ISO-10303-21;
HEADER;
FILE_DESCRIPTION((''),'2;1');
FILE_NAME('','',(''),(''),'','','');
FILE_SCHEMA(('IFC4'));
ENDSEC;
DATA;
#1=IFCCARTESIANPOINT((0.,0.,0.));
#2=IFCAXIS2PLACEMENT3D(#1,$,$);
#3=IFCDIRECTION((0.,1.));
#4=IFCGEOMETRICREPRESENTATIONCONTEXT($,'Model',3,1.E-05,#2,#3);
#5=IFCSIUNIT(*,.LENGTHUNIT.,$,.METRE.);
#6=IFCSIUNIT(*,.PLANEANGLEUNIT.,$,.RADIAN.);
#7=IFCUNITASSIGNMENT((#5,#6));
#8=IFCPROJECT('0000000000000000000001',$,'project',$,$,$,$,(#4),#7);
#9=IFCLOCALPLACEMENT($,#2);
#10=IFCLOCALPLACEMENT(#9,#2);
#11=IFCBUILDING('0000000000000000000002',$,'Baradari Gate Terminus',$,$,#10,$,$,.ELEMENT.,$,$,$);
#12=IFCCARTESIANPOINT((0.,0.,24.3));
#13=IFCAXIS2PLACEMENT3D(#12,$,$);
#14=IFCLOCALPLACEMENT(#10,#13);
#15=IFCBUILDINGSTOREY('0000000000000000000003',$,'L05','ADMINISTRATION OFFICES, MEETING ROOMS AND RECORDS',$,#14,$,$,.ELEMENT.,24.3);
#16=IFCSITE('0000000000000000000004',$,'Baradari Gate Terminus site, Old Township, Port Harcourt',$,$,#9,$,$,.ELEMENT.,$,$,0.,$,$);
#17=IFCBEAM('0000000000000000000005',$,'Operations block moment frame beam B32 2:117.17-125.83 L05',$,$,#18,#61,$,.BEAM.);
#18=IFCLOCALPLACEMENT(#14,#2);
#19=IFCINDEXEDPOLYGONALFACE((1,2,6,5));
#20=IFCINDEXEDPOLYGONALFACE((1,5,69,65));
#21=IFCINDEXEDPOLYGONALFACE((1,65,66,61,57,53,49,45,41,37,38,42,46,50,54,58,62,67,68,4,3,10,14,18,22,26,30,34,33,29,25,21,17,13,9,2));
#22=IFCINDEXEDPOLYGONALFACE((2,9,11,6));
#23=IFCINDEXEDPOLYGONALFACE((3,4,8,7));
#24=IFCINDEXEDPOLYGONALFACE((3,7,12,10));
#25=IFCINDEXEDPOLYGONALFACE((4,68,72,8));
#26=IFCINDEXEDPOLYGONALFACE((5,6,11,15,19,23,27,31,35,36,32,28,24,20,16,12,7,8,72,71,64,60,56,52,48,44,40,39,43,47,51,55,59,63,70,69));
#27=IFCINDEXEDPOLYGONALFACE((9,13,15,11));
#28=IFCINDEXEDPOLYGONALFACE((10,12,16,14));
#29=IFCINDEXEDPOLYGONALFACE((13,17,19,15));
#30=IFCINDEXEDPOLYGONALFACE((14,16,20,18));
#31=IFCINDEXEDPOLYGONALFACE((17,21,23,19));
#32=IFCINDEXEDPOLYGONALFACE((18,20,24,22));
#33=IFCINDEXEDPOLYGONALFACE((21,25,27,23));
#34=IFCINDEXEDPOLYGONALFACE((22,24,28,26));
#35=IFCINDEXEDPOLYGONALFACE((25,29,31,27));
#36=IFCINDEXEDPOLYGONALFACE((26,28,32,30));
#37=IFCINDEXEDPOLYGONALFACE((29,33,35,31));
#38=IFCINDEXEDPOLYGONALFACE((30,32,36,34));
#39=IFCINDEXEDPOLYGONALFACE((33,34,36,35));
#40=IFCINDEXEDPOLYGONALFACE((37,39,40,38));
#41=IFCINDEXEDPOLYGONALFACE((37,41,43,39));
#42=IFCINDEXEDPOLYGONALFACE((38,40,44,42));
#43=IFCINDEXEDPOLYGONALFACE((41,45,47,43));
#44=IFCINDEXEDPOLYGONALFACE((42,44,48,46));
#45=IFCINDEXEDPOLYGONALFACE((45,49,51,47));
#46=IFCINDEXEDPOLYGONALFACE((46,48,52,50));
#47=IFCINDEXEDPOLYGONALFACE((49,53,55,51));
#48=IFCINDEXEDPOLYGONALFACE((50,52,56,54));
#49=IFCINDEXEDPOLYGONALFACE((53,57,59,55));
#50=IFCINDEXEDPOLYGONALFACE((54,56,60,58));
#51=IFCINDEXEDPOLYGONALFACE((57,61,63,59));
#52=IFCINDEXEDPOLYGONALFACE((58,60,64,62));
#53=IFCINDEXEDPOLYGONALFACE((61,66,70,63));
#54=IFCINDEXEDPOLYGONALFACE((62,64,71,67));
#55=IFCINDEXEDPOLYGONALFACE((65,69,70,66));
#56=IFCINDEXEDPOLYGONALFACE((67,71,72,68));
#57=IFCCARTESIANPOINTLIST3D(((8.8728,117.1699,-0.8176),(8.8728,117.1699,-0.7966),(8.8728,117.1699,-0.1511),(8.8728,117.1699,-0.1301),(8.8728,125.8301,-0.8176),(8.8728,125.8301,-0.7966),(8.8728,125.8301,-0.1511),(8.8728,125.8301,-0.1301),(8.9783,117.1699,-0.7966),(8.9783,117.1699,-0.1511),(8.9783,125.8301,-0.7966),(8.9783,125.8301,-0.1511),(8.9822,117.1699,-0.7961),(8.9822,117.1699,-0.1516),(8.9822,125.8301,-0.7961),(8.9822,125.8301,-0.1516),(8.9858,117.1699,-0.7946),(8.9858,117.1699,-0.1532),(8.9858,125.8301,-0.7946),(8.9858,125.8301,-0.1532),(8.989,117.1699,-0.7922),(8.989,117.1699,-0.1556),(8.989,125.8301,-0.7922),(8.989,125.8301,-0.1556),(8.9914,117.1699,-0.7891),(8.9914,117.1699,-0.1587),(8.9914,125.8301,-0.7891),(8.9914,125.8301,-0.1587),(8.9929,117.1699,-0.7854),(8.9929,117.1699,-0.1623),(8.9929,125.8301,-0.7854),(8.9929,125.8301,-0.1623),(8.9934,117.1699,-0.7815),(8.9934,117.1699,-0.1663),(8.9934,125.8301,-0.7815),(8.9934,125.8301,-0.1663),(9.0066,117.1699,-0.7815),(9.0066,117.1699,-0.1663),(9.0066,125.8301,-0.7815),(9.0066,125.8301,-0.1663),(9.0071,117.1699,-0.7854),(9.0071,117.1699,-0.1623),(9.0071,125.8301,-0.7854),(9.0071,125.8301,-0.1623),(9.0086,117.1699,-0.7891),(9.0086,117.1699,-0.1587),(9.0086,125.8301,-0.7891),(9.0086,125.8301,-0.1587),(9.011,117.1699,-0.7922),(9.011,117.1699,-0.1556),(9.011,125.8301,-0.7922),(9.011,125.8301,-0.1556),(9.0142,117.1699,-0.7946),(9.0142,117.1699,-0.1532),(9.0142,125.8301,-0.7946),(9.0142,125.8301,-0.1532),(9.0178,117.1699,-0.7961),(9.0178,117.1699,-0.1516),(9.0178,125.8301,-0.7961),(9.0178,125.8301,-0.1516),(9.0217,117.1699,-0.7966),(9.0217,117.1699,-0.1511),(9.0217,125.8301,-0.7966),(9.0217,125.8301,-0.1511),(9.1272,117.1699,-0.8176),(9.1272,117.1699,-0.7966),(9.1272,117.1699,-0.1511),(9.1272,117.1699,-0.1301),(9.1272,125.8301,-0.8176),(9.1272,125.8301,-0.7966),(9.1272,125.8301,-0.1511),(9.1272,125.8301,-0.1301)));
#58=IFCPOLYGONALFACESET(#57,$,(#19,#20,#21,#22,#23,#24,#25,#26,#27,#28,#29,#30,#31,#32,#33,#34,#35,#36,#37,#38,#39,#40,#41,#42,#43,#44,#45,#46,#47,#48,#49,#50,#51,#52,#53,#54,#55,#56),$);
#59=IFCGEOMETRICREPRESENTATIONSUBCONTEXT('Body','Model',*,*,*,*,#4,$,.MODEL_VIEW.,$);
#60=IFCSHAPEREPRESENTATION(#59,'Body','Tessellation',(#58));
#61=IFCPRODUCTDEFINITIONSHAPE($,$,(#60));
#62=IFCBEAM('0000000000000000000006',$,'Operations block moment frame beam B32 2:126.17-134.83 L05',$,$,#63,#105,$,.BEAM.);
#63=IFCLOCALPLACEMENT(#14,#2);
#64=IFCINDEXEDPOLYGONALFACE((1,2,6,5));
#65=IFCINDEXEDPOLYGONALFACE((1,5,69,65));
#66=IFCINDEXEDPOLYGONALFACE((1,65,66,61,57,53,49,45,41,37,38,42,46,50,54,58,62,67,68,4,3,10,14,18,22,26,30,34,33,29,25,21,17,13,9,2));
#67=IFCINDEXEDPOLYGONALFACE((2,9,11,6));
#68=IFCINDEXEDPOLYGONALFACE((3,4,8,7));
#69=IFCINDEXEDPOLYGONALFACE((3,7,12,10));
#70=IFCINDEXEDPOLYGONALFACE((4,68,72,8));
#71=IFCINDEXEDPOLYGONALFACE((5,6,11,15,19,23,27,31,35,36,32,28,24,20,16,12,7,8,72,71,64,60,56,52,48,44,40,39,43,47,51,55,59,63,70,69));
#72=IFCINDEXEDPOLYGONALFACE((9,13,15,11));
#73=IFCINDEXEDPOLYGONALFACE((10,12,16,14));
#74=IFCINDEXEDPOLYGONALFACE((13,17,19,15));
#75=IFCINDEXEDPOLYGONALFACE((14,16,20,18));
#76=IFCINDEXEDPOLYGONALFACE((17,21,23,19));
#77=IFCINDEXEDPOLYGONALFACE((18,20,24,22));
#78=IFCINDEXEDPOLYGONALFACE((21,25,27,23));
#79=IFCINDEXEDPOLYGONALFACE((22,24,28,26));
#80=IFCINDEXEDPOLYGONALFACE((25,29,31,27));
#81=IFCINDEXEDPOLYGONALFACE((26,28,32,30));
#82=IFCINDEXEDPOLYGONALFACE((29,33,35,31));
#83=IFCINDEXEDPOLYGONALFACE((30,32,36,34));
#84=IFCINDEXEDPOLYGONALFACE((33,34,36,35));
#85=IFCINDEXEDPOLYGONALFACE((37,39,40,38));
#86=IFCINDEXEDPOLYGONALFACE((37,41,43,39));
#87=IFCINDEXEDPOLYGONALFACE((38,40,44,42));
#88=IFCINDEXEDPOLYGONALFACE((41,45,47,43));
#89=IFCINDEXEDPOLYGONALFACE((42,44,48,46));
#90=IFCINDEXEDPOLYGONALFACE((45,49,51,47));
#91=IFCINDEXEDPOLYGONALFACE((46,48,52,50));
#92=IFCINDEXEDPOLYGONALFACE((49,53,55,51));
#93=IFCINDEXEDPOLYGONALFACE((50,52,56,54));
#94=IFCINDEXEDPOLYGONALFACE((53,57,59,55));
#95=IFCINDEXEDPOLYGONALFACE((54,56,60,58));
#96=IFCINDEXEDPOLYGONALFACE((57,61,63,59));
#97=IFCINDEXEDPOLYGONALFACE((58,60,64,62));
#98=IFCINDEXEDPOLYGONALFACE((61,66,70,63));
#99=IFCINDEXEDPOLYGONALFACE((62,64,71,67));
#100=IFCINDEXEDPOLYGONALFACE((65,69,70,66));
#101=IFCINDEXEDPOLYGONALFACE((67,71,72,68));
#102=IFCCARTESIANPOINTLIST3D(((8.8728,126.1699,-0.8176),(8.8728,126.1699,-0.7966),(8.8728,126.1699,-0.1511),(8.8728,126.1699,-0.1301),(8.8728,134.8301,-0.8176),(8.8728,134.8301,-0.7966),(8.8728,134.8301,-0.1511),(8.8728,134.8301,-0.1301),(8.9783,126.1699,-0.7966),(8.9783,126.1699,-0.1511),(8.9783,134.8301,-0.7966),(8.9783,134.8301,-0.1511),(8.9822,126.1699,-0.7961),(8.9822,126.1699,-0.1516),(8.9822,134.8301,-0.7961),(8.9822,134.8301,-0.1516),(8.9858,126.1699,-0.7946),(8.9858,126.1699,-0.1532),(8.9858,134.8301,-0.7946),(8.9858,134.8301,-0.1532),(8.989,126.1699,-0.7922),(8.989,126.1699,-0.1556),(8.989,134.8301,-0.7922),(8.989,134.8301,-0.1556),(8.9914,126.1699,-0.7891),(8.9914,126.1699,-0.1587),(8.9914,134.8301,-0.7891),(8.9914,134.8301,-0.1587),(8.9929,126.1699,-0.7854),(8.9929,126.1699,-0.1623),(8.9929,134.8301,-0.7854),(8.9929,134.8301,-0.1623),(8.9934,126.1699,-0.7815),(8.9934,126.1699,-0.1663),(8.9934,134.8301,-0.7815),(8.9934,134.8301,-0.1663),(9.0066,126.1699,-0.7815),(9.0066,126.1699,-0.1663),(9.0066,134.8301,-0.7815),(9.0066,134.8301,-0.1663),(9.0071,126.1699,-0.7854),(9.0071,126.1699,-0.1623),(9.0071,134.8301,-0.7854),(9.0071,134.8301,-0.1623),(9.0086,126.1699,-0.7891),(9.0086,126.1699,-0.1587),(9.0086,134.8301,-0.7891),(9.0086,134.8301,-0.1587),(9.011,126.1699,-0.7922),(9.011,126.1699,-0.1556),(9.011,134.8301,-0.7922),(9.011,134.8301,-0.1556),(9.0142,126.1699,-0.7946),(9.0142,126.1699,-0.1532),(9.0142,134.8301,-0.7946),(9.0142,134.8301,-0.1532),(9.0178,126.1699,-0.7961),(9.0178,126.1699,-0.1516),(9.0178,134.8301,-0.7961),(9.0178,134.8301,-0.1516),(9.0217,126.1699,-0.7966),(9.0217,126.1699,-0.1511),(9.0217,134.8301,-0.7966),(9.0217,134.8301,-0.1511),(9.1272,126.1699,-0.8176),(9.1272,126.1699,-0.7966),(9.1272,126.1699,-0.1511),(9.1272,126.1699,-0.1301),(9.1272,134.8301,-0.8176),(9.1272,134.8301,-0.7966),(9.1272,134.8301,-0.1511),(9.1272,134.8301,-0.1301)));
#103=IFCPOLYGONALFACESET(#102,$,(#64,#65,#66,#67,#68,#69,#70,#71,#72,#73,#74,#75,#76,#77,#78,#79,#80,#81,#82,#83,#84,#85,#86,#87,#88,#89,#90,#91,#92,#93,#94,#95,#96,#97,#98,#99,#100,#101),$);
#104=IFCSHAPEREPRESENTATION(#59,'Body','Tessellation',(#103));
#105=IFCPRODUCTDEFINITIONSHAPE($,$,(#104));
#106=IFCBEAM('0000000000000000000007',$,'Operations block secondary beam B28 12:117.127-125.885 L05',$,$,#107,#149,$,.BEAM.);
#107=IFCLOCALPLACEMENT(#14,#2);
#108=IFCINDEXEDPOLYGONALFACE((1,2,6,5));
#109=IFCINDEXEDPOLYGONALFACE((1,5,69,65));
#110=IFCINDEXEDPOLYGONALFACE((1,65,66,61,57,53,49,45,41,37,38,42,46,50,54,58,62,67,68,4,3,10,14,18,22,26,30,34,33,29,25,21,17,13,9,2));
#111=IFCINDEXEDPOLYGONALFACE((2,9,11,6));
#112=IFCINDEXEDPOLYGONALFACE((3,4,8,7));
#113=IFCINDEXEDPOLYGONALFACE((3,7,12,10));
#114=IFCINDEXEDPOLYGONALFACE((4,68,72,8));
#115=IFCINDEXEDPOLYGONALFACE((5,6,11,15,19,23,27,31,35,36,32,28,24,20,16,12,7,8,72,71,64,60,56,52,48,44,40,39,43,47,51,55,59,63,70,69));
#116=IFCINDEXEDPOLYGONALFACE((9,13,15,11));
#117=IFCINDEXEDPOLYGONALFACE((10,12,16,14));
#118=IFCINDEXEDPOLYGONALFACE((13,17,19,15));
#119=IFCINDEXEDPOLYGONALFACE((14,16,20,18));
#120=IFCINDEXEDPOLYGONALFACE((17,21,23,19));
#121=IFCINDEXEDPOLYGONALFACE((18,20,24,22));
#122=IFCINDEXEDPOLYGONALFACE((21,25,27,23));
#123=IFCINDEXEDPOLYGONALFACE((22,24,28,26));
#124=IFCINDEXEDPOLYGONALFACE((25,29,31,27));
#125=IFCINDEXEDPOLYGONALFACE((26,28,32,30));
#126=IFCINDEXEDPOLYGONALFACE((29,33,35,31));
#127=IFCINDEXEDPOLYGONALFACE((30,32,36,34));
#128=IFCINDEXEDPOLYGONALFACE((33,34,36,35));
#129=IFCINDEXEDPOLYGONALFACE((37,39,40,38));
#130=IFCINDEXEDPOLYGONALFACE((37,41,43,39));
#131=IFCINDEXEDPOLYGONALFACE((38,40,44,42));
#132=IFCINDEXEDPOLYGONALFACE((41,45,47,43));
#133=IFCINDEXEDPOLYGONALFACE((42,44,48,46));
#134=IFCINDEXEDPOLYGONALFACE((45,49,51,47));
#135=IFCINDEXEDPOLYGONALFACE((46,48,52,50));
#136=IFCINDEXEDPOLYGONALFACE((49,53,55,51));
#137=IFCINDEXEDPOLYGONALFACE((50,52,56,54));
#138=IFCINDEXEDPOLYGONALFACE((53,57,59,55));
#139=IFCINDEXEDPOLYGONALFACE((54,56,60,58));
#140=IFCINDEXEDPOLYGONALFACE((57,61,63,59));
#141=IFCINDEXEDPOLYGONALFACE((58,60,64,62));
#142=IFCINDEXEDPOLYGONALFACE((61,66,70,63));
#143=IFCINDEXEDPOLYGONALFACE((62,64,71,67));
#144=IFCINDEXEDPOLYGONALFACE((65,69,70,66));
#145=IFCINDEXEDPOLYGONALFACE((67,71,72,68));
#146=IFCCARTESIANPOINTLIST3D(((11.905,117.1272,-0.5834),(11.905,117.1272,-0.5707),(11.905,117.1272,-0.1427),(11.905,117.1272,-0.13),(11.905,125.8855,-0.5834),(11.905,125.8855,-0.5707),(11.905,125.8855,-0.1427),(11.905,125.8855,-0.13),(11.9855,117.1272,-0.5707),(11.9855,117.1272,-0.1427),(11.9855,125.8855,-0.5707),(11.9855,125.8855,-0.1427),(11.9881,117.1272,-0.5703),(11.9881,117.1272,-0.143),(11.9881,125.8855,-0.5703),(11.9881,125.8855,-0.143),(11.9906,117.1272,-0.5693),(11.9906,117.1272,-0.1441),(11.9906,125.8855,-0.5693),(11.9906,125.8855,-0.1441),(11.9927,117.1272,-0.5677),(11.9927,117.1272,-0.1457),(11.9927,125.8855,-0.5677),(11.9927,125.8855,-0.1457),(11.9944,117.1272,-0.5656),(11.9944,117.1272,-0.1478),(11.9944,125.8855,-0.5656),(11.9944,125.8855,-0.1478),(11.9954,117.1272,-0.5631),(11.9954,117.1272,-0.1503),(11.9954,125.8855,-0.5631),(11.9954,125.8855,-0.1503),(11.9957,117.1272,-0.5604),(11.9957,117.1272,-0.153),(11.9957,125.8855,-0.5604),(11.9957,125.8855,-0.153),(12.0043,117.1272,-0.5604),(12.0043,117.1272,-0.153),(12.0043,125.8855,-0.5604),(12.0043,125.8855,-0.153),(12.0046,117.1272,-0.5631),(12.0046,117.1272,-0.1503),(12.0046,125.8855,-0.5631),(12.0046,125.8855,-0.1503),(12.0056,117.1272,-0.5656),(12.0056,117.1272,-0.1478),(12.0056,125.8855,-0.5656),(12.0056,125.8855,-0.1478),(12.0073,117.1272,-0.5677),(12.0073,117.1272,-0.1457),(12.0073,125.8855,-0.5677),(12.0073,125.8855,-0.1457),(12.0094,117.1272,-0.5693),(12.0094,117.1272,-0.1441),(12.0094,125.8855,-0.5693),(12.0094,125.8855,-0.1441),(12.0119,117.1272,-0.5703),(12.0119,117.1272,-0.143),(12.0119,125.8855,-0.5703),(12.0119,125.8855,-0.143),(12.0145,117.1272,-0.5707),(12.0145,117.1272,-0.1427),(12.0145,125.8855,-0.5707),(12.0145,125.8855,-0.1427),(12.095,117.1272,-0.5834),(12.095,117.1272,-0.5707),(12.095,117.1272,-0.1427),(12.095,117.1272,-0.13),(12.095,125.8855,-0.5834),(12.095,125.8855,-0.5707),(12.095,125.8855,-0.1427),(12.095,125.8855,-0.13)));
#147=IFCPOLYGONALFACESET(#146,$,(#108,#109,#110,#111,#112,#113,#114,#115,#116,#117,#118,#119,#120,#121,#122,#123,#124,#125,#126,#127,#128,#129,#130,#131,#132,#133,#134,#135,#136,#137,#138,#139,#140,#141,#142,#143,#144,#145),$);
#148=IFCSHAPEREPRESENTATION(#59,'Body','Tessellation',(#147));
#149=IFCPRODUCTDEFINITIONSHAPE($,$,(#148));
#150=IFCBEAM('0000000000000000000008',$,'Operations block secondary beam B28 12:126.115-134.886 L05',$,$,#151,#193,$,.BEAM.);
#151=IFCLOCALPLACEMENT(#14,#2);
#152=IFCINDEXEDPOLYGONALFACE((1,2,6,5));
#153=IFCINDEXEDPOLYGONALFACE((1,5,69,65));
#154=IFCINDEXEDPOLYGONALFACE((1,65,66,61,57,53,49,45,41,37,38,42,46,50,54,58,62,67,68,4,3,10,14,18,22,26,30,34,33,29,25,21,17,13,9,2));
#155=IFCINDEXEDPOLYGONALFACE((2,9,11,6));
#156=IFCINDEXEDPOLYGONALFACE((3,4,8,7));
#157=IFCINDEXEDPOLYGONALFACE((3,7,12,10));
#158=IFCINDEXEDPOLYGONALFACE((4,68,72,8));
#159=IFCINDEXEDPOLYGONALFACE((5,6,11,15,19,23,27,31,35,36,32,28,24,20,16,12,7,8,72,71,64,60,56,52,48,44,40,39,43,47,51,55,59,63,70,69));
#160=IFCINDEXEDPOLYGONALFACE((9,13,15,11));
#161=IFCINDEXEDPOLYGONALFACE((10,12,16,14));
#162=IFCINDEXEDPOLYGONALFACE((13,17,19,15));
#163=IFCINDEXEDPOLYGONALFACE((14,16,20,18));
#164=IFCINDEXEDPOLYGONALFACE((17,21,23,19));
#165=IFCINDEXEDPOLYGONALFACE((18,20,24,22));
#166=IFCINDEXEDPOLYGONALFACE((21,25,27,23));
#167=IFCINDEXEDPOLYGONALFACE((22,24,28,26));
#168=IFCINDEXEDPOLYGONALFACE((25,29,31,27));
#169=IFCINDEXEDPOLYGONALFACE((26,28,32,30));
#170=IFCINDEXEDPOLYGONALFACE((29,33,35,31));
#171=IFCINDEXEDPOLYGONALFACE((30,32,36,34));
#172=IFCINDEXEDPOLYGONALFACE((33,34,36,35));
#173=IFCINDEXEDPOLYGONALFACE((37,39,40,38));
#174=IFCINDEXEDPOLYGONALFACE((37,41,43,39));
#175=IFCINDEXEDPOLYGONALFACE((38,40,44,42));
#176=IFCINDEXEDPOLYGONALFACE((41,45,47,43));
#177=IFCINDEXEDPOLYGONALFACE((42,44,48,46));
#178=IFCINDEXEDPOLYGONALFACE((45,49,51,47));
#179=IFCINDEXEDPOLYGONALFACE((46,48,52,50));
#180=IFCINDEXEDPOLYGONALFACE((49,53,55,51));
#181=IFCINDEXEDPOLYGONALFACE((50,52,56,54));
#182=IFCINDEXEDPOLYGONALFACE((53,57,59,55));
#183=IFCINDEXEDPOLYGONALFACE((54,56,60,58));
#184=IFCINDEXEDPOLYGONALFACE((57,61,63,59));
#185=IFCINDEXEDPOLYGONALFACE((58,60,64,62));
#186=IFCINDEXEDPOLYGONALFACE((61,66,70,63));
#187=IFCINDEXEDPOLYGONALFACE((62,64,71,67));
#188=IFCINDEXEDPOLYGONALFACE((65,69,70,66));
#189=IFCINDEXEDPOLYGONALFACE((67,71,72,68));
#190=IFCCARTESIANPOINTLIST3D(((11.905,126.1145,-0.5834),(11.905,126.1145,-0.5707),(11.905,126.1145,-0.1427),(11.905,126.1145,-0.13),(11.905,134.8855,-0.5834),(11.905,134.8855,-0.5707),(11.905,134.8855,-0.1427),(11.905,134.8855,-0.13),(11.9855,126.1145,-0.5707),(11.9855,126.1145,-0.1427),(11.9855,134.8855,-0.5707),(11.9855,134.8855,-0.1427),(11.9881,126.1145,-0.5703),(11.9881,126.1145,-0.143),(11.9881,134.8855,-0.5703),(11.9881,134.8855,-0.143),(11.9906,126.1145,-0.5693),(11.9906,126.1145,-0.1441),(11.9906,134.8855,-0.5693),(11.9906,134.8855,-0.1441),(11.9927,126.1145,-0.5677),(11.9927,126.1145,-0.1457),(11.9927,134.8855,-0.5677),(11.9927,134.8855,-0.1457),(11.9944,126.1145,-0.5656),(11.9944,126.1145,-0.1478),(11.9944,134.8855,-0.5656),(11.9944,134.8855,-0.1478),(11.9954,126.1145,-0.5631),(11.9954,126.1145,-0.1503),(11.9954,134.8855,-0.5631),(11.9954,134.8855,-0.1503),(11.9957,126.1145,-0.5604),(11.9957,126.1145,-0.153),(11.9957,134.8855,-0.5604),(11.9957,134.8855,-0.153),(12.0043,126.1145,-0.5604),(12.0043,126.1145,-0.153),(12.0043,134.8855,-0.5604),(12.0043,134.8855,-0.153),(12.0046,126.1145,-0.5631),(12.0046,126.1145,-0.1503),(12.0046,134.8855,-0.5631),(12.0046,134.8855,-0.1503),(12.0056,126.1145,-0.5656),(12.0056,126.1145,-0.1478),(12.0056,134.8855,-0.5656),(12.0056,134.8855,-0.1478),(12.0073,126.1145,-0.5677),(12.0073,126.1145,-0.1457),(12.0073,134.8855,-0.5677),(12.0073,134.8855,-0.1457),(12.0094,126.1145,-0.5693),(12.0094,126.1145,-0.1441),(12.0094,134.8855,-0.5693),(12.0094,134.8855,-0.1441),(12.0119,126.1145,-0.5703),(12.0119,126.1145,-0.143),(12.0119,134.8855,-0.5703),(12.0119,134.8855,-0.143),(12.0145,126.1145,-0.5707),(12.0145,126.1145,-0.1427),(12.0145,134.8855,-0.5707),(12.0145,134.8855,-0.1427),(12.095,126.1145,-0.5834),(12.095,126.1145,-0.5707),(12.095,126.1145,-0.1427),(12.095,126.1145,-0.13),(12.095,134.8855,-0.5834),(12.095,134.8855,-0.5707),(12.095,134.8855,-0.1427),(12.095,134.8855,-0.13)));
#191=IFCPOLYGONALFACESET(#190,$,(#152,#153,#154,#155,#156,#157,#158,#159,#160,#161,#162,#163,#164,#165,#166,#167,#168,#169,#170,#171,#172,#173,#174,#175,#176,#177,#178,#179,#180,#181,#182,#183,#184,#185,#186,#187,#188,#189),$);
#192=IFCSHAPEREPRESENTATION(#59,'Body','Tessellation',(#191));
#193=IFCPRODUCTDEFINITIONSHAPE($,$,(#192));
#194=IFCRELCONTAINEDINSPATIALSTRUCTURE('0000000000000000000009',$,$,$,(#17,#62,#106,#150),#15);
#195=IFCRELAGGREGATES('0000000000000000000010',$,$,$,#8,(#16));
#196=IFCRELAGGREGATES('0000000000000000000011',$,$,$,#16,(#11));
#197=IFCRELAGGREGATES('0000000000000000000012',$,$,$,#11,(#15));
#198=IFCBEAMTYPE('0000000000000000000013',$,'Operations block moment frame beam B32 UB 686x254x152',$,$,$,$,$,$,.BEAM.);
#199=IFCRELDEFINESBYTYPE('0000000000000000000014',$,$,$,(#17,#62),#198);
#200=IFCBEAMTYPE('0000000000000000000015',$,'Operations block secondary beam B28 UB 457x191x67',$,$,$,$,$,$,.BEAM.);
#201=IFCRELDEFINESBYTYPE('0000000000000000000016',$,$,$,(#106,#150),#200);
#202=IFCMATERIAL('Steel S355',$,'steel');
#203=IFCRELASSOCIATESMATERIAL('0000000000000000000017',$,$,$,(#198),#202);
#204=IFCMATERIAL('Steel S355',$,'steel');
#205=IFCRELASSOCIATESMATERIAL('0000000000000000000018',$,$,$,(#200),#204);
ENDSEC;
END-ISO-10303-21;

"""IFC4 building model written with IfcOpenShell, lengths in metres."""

from ifc_helpers import new_model, si_unit, direction, frame, origin, origin_2d, place, context, subcontext, project, spatial, i_section, extrude, material, material_profile, profile_set, type_object, element, save


model = new_model("IFC4")

# Units and contexts
model_context = context("Model", 3, precision=1e-05, world=origin(), true_north=direction((0.0, 1.0)))
body_context = subcontext(model_context, "Body", "Model", "MODEL_VIEW")
ifc_project = project(units=[si_unit("LENGTHUNIT", "METRE"), si_unit("PLANEANGLEUNIT", "RADIAN")], contexts=[model_context])

# Site, building, storey
site_placement = place(None, origin())
site = spatial("IfcSite", under=ifc_project, at=site_placement, Name="Baradari Gate Terminus site, Old Township, Port Harcourt", CompositionType="ELEMENT", RefElevation=0.0)
building_placement = place(site_placement, origin())
building = spatial("IfcBuilding", under=site, at=building_placement, Name="Baradari Gate Terminus", CompositionType="ELEMENT")
storey_placement = place(building_placement, frame((0.0, 0.0, 24.3)))
storey = spatial("IfcBuildingStorey", under=building, at=storey_placement, Name="L05", Description="ADMINISTRATION OFFICES, MEETING ROOMS AND RECORDS", CompositionType="ELEMENT", Elevation=24.3)

# Beams
ifc_material_1 = material(Name="Steel S355", Category="steel")
ifc_material_profile_1 = material_profile(ifc_material_1, i_section(OverallWidth=0.2544, OverallDepth=0.6875, WebThickness=0.0132, FlangeThickness=0.021, FilletRadius=0.0151, at=origin_2d()), Name="UB 686x254x152")
ifc_profile_set_1 = profile_set([ifc_material_profile_1], Name="Steel S355")
beam_type_1 = type_object("IfcBeamType", Name="Operations block moment frame beam B32 UB 686x254x152", PredefinedType="BEAM", material=ifc_profile_set_1)
for number, where, z_axis, x_axis, name in (
    (1, (9.0, 117.1699, -0.4739), (0.0, 1.0, 0.0), (-1.0, 0.0, 0.0), "Operations block moment frame beam B32 2:117.17-125.83 L05"),
    (2, (9.0, 126.1699, -0.4739), (0.0, 1.0, 0.0), (-1.0, 0.0, 0.0), "Operations block moment frame beam B32 2:126.17-134.83 L05"),
):
    element("IfcBeam", number, at=place(storey_placement, frame(where, z_axis=z_axis, x_axis=x_axis)), inside=storey, type_object=beam_type_1, Name=name, PredefinedType="BEAM", context=body_context, shape_type="SweptSolid", body=[
        extrude(i_section(OverallWidth=0.2544, OverallDepth=0.6875, WebThickness=0.0132, FlangeThickness=0.021, FilletRadius=0.0151, at=origin_2d()), origin(), (0.0, 0.0, 1.0), 8.6602),
    ])
ifc_material_2 = material(Name="Steel S355", Category="steel")
ifc_material_profile_2 = material_profile(ifc_material_2, i_section(OverallWidth=0.1899, OverallDepth=0.4534, WebThickness=0.0085, FlangeThickness=0.0127, FilletRadius=0.0103, at=origin_2d()), Name="UB 457x191x67")
ifc_profile_set_2 = profile_set([ifc_material_profile_2], Name="Steel S355")
beam_type_2 = type_object("IfcBeamType", Name="Operations block secondary beam B28 UB 457x191x67", PredefinedType="BEAM", material=ifc_profile_set_2)
beam_1_placement = place(storey_placement, frame((12.0, 117.1272, -0.3567), z_axis=(0.0, 1.0, 0.0), x_axis=(-1.0, 0.0, 0.0)))
element("IfcBeam", 3, at=beam_1_placement, inside=storey, type_object=beam_type_2, Name="Operations block secondary beam B28 12:117.127-125.885 L05", PredefinedType="BEAM", context=body_context, shape_type="SweptSolid", body=[
    extrude(i_section(OverallWidth=0.1899, OverallDepth=0.4534, WebThickness=0.0085, FlangeThickness=0.0127, FilletRadius=0.0103, at=origin_2d()), origin(), (0.0, 0.0, 1.0), 8.7583),
])
beam_2_placement = place(storey_placement, frame((12.0, 126.1145, -0.3567), z_axis=(0.0, 1.0, 0.0), x_axis=(-1.0, 0.0, 0.0)))
element("IfcBeam", 4, at=beam_2_placement, inside=storey, type_object=beam_type_2, Name="Operations block secondary beam B28 12:126.115-134.886 L05", PredefinedType="BEAM", context=body_context, shape_type="SweptSolid", body=[
    extrude(i_section(OverallWidth=0.1899, OverallDepth=0.4534, WebThickness=0.0085, FlangeThickness=0.0127, FilletRadius=0.0103, at=origin_2d()), origin(), (0.0, 0.0, 1.0), 8.771),
])

save(model, "model.ifc")
